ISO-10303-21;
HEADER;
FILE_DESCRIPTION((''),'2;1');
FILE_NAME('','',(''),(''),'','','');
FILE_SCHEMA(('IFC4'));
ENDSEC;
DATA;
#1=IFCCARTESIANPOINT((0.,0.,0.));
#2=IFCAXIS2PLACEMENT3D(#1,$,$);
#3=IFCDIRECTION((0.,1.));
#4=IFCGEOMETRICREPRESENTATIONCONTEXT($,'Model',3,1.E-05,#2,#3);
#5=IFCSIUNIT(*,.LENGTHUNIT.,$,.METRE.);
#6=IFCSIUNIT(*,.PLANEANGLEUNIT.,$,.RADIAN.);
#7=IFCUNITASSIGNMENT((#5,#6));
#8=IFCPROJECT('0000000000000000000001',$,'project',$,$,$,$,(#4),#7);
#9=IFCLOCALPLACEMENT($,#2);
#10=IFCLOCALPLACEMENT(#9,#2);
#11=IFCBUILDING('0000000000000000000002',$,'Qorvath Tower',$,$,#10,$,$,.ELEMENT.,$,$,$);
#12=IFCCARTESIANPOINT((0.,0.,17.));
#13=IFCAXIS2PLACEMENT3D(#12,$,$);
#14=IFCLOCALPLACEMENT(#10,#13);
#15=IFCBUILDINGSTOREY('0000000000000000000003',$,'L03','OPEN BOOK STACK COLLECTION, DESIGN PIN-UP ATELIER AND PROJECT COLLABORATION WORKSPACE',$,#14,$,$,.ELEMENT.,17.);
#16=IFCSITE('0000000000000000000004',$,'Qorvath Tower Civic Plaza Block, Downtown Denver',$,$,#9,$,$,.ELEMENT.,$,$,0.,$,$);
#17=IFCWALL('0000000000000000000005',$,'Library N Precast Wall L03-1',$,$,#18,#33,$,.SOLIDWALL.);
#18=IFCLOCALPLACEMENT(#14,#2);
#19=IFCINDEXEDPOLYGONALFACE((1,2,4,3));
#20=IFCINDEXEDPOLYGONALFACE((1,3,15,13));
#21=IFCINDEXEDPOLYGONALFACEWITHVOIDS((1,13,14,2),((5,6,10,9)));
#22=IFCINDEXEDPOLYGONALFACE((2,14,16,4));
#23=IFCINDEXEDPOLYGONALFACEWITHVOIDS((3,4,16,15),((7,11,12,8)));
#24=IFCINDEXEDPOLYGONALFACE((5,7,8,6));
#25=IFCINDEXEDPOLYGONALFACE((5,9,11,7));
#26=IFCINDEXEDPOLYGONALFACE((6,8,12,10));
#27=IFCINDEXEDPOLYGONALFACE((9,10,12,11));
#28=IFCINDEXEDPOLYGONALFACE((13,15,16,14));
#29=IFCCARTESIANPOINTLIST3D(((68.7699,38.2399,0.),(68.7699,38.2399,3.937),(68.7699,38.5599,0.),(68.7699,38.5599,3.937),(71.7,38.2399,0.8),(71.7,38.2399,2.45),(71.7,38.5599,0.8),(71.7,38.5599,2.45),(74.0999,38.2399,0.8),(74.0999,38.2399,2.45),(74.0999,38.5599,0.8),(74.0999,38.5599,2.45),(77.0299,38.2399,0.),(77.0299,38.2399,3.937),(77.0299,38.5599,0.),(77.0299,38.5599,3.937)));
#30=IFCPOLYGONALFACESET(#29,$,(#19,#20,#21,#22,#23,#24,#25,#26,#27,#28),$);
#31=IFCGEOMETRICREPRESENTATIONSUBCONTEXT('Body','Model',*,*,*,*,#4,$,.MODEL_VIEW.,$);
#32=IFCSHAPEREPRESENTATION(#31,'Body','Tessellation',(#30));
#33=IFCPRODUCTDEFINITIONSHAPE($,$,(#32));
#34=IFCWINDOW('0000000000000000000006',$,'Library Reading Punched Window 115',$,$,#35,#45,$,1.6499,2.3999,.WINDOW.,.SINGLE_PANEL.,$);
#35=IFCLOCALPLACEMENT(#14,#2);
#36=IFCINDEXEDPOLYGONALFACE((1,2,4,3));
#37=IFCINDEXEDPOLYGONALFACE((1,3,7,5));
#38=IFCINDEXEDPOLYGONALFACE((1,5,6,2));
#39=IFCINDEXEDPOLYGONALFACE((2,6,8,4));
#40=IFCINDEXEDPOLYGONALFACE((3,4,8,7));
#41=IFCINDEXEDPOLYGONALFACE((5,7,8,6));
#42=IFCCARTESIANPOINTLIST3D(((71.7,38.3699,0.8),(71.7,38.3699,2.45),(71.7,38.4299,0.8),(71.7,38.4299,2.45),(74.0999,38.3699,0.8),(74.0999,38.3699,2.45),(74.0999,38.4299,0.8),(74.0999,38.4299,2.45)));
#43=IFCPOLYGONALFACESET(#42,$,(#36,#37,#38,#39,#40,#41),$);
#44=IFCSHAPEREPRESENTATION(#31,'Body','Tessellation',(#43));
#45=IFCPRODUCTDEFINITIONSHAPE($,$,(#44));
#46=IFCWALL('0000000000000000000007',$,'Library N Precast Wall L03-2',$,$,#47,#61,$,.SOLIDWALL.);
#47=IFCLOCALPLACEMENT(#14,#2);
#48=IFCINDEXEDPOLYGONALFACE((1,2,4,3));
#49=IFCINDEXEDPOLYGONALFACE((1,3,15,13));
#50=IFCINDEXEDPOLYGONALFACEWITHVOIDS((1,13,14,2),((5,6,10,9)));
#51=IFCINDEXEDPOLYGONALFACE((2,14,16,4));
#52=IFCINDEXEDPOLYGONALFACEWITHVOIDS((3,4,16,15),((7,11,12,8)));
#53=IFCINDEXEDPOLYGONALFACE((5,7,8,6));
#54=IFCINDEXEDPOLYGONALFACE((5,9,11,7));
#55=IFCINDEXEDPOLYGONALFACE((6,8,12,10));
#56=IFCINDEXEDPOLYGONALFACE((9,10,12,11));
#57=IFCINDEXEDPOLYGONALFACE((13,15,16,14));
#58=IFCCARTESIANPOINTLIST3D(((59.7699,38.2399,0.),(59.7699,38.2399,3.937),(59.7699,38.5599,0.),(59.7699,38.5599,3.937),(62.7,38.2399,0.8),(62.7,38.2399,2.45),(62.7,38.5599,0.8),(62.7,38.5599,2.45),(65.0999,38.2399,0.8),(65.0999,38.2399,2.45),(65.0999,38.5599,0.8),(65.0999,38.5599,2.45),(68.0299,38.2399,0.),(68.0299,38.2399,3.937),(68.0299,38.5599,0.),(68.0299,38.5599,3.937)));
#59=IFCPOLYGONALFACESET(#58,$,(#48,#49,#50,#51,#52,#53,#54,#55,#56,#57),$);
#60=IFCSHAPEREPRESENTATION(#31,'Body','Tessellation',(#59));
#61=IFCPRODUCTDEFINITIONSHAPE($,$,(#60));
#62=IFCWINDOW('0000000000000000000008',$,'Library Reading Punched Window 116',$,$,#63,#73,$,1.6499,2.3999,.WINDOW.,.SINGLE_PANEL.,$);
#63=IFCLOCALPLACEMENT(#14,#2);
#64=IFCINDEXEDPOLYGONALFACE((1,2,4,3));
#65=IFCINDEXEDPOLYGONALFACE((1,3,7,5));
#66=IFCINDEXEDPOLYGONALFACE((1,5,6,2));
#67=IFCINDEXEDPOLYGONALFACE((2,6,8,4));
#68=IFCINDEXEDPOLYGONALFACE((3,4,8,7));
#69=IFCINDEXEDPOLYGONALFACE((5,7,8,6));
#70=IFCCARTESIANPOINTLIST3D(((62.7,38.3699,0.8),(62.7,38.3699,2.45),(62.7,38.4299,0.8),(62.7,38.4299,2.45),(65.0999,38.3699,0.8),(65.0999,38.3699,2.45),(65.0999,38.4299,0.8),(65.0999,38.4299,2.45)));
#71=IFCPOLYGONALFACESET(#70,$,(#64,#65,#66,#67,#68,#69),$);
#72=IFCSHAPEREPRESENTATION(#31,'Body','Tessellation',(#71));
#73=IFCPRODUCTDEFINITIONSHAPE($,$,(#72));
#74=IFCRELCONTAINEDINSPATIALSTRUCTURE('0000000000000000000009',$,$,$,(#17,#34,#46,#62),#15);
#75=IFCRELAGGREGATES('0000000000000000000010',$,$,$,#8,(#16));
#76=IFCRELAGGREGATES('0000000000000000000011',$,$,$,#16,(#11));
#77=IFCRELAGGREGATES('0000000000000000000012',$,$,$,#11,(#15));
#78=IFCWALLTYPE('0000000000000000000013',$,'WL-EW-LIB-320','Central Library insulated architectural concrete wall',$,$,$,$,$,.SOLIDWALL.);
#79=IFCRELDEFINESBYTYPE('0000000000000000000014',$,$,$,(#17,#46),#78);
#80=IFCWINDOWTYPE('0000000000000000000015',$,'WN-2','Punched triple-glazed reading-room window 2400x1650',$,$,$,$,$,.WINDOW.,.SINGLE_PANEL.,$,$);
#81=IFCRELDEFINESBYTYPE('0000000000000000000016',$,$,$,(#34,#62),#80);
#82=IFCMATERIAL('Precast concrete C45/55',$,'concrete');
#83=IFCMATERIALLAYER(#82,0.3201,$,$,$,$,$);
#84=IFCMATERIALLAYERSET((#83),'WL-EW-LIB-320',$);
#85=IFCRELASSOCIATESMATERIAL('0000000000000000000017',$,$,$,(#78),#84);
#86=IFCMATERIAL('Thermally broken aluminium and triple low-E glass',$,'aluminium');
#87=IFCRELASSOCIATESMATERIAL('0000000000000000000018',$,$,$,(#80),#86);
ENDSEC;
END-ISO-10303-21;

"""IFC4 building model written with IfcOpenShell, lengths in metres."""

from ifc_helpers import new_model, si_unit, direction, frame, frame_2d, origin, place, context, subcontext, project, spatial, rectangle, extrude, material, layer, layer_set, type_object, element, fill, save


model = new_model("IFC4")

# Units and contexts
model_context = context("Model", 3, precision=1e-05, world=origin(), true_north=direction((0.0, 1.0)))
body_context = subcontext(model_context, "Body", "Model", "MODEL_VIEW")
ifc_project = project(units=[si_unit("LENGTHUNIT", "METRE"), si_unit("PLANEANGLEUNIT", "RADIAN")], contexts=[model_context])

# Site, building, storey
site_placement = place(None, origin())
site = spatial("IfcSite", under=ifc_project, at=site_placement, Name="Qorvath Tower Civic Plaza Block, Downtown Denver", CompositionType="ELEMENT", RefElevation=0.0)
building_placement = place(site_placement, origin())
building = spatial("IfcBuilding", under=site, at=building_placement, Name="Qorvath Tower", CompositionType="ELEMENT")
storey_placement = place(building_placement, frame((0.0, 0.0, 17.0)))
storey = spatial("IfcBuildingStorey", under=building, at=storey_placement, Name="L03", Description="OPEN BOOK STACK COLLECTION, DESIGN PIN-UP ATELIER AND PROJECT COLLABORATION WORKSPACE", CompositionType="ELEMENT", Elevation=17.0)

# Walls, openings, windows
ifc_material_1 = material(Name="Precast concrete C45/55", Category="concrete")
ifc_layer = layer(ifc_material_1, 0.3201)
ifc_layer_set = layer_set([ifc_layer], Name="WL-EW-LIB-320")
wall_type = type_object("IfcWallType", Name="WL-EW-LIB-320", Description="Central Library insulated architectural concrete wall", PredefinedType="SOLIDWALL", material=ifc_layer_set)
ifc_material_2 = material(Name="Thermally broken aluminium and triple low-E glass", Category="aluminium")
window_type = type_object("IfcWindowType", Name="WN-2", Description="Punched triple-glazed reading-room window 2400x1650", PartitioningType="SINGLE_PANEL", PredefinedType="WINDOW", material=ifc_material_2)
wall_1_placement = place(storey_placement, frame((68.77, 38.3999, 0.0), z_axis=(0.0, 0.0, 1.0), x_axis=(1.0, 0.0, 0.0)))
wall_1 = element("IfcWall", 1, at=wall_1_placement, inside=storey, type_object=wall_type, Name="Library N Precast Wall L03-1", PredefinedType="SOLIDWALL", context=body_context, shape_type="SweptSolid", body=[
    extrude(rectangle(XDim=8.26, YDim=0.3201, at=frame_2d((4.1299, 0.0))), origin(), (0.0, 0.0, 1.0), 3.937),
])
opening_1_placement = place(wall_1_placement, frame((2.9299, 0.0, 0.8)))
opening_1 = element("IfcOpeningElement", 2, at=opening_1_placement, cuts=wall_1, PredefinedType="OPENING", context=body_context, shape_type="SweptSolid", body=[
    extrude(rectangle(XDim=2.3999, YDim=1.6499, at=frame_2d((1.2, 0.825))), frame((0.0, 0.1699, 0.0), z_axis=(0.0, -1.0, 0.0), x_axis=(1.0, 0.0, 0.0)), (0.0, 0.0, 1.0), 0.3401),
])
window_1_placement = place(opening_1_placement, origin())
window_1 = element("IfcWindow", 3, at=window_1_placement, inside=storey, type_object=window_type, Name="Library Reading Punched Window 115", OverallHeight=1.6499, OverallWidth=2.3999, PartitioningType="SINGLE_PANEL", PredefinedType="WINDOW", context=body_context, shape_type="SweptSolid", body=[
    extrude(rectangle(XDim=2.3999, YDim=1.6499, at=frame_2d((1.2, 0.825))), frame((0.0, 0.03, 0.0), z_axis=(0.0, -1.0, 0.0), x_axis=(1.0, 0.0, 0.0)), (0.0, 0.0, 1.0), 0.0601),
])
fill(opening_1, window_1)
wall_2_placement = place(storey_placement, frame((59.77, 38.3999, 0.0), z_axis=(0.0, 0.0, 1.0), x_axis=(1.0, 0.0, 0.0)))
wall_2 = element("IfcWall", 4, at=wall_2_placement, inside=storey, type_object=wall_type, Name="Library N Precast Wall L03-2", PredefinedType="SOLIDWALL", context=body_context, shape_type="SweptSolid", body=[
    extrude(rectangle(XDim=8.26, YDim=0.3201, at=frame_2d((4.1299, 0.0))), origin(), (0.0, 0.0, 1.0), 3.937),
])
opening_2_placement = place(wall_2_placement, frame((2.9299, 0.0, 0.8)))
opening_2 = element("IfcOpeningElement", 5, at=opening_2_placement, cuts=wall_2, PredefinedType="OPENING", context=body_context, shape_type="SweptSolid", body=[
    extrude(rectangle(XDim=2.3999, YDim=1.6499, at=frame_2d((1.2, 0.825))), frame((0.0, 0.1699, 0.0), z_axis=(0.0, -1.0, 0.0), x_axis=(1.0, 0.0, 0.0)), (0.0, 0.0, 1.0), 0.3401),
])
window_2_placement = place(opening_2_placement, origin())
window_2 = element("IfcWindow", 6, at=window_2_placement, inside=storey, type_object=window_type, Name="Library Reading Punched Window 116", OverallHeight=1.6499, OverallWidth=2.3999, PartitioningType="SINGLE_PANEL", PredefinedType="WINDOW", context=body_context, shape_type="SweptSolid", body=[
    extrude(rectangle(XDim=2.3999, YDim=1.6499, at=frame_2d((1.2, 0.825))), frame((0.0, 0.03, 0.0), z_axis=(0.0, -1.0, 0.0), x_axis=(1.0, 0.0, 0.0)), (0.0, 0.0, 1.0), 0.0601),
])
fill(opening_2, window_2)

save(model, "model.ifc")
